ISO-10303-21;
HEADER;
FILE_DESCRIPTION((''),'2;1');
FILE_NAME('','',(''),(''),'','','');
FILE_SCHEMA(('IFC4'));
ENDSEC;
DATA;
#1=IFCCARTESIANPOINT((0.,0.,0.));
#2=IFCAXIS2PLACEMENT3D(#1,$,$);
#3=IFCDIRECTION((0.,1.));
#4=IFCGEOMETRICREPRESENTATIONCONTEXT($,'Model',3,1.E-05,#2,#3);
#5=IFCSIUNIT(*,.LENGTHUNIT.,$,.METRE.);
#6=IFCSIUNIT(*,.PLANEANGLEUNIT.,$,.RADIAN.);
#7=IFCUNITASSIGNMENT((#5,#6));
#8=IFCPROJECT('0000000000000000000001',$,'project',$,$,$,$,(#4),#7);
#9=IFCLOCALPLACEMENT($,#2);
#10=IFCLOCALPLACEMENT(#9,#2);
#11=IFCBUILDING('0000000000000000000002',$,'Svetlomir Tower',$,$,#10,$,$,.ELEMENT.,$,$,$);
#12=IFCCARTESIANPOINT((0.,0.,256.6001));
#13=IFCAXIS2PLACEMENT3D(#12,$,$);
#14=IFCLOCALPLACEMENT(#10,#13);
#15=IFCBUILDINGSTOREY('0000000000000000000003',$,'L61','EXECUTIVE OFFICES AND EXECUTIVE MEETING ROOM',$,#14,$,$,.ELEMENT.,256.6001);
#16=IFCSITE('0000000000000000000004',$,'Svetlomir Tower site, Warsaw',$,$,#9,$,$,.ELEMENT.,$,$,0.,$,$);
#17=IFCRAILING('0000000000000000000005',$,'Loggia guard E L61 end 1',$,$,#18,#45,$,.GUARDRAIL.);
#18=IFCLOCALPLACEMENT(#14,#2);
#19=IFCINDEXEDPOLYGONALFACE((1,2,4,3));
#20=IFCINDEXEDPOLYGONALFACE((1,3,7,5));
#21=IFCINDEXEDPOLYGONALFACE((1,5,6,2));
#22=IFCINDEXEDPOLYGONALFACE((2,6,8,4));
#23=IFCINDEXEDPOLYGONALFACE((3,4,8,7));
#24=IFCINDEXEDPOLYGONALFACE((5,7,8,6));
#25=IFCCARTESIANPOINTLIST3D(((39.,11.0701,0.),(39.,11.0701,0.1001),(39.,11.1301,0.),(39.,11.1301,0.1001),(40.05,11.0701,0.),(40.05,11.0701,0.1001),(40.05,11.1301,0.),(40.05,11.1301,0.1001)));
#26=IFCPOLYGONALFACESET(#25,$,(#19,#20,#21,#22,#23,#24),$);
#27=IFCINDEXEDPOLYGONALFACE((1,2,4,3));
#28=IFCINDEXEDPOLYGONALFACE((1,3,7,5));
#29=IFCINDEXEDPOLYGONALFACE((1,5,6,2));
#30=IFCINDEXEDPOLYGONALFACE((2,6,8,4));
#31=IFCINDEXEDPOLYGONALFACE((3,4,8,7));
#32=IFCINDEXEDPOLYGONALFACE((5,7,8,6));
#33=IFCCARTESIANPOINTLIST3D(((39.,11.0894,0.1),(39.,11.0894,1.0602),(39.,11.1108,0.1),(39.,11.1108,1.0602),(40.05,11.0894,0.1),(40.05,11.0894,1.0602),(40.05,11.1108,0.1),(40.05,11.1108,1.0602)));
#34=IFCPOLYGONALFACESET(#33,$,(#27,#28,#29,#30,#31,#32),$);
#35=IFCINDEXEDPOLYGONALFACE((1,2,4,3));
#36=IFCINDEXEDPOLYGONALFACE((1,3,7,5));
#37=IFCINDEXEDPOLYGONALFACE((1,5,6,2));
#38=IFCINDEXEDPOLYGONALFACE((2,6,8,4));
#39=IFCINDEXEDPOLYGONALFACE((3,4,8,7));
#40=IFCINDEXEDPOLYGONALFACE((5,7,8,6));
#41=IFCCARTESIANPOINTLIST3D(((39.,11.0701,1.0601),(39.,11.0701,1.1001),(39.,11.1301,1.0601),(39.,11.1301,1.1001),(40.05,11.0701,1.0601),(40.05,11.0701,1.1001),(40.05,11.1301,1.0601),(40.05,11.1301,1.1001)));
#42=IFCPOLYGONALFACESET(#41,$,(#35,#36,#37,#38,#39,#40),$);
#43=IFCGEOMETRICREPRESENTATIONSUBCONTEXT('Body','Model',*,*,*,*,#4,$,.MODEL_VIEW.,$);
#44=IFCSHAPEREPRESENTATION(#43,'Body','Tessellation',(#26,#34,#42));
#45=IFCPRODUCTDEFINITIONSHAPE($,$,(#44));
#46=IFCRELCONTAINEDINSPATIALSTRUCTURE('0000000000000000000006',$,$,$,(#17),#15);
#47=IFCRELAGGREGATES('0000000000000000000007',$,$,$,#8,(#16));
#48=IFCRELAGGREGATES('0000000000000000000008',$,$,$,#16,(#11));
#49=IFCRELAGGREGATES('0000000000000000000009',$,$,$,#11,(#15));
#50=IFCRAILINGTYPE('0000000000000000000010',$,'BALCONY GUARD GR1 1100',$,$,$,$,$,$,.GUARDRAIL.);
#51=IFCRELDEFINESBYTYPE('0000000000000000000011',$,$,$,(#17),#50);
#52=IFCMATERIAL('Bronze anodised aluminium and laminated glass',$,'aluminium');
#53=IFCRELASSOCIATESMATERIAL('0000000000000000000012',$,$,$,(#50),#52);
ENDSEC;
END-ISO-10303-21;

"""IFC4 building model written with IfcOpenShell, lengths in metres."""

from ifc_helpers import new_model, si_unit, direction, frame, origin, origin_2d, place, context, subcontext, project, spatial, rectangle, extrude, material, type_object, element, save


model = new_model("IFC4")

# Units and contexts
model_context = context("Model", 3, precision=1e-05, world=origin(), true_north=direction((0.0, 1.0)))
body_context = subcontext(model_context, "Body", "Model", "MODEL_VIEW")
ifc_project = project(units=[si_unit("LENGTHUNIT", "METRE"), si_unit("PLANEANGLEUNIT", "RADIAN")], contexts=[model_context])

# Site, building, storey
site_placement = place(None, origin())
site = spatial("IfcSite", under=ifc_project, at=site_placement, Name="Svetlomir Tower site, Warsaw", CompositionType="ELEMENT", RefElevation=0.0)
building_placement = place(site_placement, origin())
building = spatial("IfcBuilding", under=site, at=building_placement, Name="Svetlomir Tower", CompositionType="ELEMENT")
storey_placement = place(building_placement, frame((0.0, 0.0, 256.6001)))
storey = spatial("IfcBuildingStorey", under=building, at=storey_placement, Name="L61", Description="EXECUTIVE OFFICES AND EXECUTIVE MEETING ROOM", CompositionType="ELEMENT", Elevation=256.6001)

# Railing
ifc_material_1 = material(Name="Bronze anodised aluminium and laminated glass", Category="aluminium")
railing_type = type_object("IfcRailingType", Name="BALCONY GUARD GR1 1100", PredefinedType="GUARDRAIL", material=ifc_material_1)
railing_placement = place(storey_placement, frame((40.05, 11.1001, 0.0)))
element("IfcRailing", 1, at=railing_placement, inside=storey, type_object=railing_type, Name="Loggia guard E L61 end 1", PredefinedType="GUARDRAIL", context=body_context, shape_type="SweptSolid", body=[
    extrude(rectangle(XDim=0.0601, YDim=0.1001, at=origin_2d()), frame((0.0, 0.0, 0.05), z_axis=(-1.0, 0.0, 0.0), x_axis=(0.0, -1.0, 0.0)), (0.0, 0.0, 1.0), 1.05),
    extrude(rectangle(XDim=0.0215, YDim=0.9602, at=origin_2d()), frame((0.0, 0.0, 0.5801), z_axis=(-1.0, 0.0, 0.0), x_axis=(0.0, -1.0, 0.0)), (0.0, 0.0, 1.0), 1.05),
    extrude(rectangle(XDim=0.0601, YDim=0.04, at=origin_2d()), frame((0.0, 0.0, 1.0801), z_axis=(-1.0, 0.0, 0.0), x_axis=(0.0, -1.0, 0.0)), (0.0, 0.0, 1.0), 1.05),
])

save(model, "model.ifc")
